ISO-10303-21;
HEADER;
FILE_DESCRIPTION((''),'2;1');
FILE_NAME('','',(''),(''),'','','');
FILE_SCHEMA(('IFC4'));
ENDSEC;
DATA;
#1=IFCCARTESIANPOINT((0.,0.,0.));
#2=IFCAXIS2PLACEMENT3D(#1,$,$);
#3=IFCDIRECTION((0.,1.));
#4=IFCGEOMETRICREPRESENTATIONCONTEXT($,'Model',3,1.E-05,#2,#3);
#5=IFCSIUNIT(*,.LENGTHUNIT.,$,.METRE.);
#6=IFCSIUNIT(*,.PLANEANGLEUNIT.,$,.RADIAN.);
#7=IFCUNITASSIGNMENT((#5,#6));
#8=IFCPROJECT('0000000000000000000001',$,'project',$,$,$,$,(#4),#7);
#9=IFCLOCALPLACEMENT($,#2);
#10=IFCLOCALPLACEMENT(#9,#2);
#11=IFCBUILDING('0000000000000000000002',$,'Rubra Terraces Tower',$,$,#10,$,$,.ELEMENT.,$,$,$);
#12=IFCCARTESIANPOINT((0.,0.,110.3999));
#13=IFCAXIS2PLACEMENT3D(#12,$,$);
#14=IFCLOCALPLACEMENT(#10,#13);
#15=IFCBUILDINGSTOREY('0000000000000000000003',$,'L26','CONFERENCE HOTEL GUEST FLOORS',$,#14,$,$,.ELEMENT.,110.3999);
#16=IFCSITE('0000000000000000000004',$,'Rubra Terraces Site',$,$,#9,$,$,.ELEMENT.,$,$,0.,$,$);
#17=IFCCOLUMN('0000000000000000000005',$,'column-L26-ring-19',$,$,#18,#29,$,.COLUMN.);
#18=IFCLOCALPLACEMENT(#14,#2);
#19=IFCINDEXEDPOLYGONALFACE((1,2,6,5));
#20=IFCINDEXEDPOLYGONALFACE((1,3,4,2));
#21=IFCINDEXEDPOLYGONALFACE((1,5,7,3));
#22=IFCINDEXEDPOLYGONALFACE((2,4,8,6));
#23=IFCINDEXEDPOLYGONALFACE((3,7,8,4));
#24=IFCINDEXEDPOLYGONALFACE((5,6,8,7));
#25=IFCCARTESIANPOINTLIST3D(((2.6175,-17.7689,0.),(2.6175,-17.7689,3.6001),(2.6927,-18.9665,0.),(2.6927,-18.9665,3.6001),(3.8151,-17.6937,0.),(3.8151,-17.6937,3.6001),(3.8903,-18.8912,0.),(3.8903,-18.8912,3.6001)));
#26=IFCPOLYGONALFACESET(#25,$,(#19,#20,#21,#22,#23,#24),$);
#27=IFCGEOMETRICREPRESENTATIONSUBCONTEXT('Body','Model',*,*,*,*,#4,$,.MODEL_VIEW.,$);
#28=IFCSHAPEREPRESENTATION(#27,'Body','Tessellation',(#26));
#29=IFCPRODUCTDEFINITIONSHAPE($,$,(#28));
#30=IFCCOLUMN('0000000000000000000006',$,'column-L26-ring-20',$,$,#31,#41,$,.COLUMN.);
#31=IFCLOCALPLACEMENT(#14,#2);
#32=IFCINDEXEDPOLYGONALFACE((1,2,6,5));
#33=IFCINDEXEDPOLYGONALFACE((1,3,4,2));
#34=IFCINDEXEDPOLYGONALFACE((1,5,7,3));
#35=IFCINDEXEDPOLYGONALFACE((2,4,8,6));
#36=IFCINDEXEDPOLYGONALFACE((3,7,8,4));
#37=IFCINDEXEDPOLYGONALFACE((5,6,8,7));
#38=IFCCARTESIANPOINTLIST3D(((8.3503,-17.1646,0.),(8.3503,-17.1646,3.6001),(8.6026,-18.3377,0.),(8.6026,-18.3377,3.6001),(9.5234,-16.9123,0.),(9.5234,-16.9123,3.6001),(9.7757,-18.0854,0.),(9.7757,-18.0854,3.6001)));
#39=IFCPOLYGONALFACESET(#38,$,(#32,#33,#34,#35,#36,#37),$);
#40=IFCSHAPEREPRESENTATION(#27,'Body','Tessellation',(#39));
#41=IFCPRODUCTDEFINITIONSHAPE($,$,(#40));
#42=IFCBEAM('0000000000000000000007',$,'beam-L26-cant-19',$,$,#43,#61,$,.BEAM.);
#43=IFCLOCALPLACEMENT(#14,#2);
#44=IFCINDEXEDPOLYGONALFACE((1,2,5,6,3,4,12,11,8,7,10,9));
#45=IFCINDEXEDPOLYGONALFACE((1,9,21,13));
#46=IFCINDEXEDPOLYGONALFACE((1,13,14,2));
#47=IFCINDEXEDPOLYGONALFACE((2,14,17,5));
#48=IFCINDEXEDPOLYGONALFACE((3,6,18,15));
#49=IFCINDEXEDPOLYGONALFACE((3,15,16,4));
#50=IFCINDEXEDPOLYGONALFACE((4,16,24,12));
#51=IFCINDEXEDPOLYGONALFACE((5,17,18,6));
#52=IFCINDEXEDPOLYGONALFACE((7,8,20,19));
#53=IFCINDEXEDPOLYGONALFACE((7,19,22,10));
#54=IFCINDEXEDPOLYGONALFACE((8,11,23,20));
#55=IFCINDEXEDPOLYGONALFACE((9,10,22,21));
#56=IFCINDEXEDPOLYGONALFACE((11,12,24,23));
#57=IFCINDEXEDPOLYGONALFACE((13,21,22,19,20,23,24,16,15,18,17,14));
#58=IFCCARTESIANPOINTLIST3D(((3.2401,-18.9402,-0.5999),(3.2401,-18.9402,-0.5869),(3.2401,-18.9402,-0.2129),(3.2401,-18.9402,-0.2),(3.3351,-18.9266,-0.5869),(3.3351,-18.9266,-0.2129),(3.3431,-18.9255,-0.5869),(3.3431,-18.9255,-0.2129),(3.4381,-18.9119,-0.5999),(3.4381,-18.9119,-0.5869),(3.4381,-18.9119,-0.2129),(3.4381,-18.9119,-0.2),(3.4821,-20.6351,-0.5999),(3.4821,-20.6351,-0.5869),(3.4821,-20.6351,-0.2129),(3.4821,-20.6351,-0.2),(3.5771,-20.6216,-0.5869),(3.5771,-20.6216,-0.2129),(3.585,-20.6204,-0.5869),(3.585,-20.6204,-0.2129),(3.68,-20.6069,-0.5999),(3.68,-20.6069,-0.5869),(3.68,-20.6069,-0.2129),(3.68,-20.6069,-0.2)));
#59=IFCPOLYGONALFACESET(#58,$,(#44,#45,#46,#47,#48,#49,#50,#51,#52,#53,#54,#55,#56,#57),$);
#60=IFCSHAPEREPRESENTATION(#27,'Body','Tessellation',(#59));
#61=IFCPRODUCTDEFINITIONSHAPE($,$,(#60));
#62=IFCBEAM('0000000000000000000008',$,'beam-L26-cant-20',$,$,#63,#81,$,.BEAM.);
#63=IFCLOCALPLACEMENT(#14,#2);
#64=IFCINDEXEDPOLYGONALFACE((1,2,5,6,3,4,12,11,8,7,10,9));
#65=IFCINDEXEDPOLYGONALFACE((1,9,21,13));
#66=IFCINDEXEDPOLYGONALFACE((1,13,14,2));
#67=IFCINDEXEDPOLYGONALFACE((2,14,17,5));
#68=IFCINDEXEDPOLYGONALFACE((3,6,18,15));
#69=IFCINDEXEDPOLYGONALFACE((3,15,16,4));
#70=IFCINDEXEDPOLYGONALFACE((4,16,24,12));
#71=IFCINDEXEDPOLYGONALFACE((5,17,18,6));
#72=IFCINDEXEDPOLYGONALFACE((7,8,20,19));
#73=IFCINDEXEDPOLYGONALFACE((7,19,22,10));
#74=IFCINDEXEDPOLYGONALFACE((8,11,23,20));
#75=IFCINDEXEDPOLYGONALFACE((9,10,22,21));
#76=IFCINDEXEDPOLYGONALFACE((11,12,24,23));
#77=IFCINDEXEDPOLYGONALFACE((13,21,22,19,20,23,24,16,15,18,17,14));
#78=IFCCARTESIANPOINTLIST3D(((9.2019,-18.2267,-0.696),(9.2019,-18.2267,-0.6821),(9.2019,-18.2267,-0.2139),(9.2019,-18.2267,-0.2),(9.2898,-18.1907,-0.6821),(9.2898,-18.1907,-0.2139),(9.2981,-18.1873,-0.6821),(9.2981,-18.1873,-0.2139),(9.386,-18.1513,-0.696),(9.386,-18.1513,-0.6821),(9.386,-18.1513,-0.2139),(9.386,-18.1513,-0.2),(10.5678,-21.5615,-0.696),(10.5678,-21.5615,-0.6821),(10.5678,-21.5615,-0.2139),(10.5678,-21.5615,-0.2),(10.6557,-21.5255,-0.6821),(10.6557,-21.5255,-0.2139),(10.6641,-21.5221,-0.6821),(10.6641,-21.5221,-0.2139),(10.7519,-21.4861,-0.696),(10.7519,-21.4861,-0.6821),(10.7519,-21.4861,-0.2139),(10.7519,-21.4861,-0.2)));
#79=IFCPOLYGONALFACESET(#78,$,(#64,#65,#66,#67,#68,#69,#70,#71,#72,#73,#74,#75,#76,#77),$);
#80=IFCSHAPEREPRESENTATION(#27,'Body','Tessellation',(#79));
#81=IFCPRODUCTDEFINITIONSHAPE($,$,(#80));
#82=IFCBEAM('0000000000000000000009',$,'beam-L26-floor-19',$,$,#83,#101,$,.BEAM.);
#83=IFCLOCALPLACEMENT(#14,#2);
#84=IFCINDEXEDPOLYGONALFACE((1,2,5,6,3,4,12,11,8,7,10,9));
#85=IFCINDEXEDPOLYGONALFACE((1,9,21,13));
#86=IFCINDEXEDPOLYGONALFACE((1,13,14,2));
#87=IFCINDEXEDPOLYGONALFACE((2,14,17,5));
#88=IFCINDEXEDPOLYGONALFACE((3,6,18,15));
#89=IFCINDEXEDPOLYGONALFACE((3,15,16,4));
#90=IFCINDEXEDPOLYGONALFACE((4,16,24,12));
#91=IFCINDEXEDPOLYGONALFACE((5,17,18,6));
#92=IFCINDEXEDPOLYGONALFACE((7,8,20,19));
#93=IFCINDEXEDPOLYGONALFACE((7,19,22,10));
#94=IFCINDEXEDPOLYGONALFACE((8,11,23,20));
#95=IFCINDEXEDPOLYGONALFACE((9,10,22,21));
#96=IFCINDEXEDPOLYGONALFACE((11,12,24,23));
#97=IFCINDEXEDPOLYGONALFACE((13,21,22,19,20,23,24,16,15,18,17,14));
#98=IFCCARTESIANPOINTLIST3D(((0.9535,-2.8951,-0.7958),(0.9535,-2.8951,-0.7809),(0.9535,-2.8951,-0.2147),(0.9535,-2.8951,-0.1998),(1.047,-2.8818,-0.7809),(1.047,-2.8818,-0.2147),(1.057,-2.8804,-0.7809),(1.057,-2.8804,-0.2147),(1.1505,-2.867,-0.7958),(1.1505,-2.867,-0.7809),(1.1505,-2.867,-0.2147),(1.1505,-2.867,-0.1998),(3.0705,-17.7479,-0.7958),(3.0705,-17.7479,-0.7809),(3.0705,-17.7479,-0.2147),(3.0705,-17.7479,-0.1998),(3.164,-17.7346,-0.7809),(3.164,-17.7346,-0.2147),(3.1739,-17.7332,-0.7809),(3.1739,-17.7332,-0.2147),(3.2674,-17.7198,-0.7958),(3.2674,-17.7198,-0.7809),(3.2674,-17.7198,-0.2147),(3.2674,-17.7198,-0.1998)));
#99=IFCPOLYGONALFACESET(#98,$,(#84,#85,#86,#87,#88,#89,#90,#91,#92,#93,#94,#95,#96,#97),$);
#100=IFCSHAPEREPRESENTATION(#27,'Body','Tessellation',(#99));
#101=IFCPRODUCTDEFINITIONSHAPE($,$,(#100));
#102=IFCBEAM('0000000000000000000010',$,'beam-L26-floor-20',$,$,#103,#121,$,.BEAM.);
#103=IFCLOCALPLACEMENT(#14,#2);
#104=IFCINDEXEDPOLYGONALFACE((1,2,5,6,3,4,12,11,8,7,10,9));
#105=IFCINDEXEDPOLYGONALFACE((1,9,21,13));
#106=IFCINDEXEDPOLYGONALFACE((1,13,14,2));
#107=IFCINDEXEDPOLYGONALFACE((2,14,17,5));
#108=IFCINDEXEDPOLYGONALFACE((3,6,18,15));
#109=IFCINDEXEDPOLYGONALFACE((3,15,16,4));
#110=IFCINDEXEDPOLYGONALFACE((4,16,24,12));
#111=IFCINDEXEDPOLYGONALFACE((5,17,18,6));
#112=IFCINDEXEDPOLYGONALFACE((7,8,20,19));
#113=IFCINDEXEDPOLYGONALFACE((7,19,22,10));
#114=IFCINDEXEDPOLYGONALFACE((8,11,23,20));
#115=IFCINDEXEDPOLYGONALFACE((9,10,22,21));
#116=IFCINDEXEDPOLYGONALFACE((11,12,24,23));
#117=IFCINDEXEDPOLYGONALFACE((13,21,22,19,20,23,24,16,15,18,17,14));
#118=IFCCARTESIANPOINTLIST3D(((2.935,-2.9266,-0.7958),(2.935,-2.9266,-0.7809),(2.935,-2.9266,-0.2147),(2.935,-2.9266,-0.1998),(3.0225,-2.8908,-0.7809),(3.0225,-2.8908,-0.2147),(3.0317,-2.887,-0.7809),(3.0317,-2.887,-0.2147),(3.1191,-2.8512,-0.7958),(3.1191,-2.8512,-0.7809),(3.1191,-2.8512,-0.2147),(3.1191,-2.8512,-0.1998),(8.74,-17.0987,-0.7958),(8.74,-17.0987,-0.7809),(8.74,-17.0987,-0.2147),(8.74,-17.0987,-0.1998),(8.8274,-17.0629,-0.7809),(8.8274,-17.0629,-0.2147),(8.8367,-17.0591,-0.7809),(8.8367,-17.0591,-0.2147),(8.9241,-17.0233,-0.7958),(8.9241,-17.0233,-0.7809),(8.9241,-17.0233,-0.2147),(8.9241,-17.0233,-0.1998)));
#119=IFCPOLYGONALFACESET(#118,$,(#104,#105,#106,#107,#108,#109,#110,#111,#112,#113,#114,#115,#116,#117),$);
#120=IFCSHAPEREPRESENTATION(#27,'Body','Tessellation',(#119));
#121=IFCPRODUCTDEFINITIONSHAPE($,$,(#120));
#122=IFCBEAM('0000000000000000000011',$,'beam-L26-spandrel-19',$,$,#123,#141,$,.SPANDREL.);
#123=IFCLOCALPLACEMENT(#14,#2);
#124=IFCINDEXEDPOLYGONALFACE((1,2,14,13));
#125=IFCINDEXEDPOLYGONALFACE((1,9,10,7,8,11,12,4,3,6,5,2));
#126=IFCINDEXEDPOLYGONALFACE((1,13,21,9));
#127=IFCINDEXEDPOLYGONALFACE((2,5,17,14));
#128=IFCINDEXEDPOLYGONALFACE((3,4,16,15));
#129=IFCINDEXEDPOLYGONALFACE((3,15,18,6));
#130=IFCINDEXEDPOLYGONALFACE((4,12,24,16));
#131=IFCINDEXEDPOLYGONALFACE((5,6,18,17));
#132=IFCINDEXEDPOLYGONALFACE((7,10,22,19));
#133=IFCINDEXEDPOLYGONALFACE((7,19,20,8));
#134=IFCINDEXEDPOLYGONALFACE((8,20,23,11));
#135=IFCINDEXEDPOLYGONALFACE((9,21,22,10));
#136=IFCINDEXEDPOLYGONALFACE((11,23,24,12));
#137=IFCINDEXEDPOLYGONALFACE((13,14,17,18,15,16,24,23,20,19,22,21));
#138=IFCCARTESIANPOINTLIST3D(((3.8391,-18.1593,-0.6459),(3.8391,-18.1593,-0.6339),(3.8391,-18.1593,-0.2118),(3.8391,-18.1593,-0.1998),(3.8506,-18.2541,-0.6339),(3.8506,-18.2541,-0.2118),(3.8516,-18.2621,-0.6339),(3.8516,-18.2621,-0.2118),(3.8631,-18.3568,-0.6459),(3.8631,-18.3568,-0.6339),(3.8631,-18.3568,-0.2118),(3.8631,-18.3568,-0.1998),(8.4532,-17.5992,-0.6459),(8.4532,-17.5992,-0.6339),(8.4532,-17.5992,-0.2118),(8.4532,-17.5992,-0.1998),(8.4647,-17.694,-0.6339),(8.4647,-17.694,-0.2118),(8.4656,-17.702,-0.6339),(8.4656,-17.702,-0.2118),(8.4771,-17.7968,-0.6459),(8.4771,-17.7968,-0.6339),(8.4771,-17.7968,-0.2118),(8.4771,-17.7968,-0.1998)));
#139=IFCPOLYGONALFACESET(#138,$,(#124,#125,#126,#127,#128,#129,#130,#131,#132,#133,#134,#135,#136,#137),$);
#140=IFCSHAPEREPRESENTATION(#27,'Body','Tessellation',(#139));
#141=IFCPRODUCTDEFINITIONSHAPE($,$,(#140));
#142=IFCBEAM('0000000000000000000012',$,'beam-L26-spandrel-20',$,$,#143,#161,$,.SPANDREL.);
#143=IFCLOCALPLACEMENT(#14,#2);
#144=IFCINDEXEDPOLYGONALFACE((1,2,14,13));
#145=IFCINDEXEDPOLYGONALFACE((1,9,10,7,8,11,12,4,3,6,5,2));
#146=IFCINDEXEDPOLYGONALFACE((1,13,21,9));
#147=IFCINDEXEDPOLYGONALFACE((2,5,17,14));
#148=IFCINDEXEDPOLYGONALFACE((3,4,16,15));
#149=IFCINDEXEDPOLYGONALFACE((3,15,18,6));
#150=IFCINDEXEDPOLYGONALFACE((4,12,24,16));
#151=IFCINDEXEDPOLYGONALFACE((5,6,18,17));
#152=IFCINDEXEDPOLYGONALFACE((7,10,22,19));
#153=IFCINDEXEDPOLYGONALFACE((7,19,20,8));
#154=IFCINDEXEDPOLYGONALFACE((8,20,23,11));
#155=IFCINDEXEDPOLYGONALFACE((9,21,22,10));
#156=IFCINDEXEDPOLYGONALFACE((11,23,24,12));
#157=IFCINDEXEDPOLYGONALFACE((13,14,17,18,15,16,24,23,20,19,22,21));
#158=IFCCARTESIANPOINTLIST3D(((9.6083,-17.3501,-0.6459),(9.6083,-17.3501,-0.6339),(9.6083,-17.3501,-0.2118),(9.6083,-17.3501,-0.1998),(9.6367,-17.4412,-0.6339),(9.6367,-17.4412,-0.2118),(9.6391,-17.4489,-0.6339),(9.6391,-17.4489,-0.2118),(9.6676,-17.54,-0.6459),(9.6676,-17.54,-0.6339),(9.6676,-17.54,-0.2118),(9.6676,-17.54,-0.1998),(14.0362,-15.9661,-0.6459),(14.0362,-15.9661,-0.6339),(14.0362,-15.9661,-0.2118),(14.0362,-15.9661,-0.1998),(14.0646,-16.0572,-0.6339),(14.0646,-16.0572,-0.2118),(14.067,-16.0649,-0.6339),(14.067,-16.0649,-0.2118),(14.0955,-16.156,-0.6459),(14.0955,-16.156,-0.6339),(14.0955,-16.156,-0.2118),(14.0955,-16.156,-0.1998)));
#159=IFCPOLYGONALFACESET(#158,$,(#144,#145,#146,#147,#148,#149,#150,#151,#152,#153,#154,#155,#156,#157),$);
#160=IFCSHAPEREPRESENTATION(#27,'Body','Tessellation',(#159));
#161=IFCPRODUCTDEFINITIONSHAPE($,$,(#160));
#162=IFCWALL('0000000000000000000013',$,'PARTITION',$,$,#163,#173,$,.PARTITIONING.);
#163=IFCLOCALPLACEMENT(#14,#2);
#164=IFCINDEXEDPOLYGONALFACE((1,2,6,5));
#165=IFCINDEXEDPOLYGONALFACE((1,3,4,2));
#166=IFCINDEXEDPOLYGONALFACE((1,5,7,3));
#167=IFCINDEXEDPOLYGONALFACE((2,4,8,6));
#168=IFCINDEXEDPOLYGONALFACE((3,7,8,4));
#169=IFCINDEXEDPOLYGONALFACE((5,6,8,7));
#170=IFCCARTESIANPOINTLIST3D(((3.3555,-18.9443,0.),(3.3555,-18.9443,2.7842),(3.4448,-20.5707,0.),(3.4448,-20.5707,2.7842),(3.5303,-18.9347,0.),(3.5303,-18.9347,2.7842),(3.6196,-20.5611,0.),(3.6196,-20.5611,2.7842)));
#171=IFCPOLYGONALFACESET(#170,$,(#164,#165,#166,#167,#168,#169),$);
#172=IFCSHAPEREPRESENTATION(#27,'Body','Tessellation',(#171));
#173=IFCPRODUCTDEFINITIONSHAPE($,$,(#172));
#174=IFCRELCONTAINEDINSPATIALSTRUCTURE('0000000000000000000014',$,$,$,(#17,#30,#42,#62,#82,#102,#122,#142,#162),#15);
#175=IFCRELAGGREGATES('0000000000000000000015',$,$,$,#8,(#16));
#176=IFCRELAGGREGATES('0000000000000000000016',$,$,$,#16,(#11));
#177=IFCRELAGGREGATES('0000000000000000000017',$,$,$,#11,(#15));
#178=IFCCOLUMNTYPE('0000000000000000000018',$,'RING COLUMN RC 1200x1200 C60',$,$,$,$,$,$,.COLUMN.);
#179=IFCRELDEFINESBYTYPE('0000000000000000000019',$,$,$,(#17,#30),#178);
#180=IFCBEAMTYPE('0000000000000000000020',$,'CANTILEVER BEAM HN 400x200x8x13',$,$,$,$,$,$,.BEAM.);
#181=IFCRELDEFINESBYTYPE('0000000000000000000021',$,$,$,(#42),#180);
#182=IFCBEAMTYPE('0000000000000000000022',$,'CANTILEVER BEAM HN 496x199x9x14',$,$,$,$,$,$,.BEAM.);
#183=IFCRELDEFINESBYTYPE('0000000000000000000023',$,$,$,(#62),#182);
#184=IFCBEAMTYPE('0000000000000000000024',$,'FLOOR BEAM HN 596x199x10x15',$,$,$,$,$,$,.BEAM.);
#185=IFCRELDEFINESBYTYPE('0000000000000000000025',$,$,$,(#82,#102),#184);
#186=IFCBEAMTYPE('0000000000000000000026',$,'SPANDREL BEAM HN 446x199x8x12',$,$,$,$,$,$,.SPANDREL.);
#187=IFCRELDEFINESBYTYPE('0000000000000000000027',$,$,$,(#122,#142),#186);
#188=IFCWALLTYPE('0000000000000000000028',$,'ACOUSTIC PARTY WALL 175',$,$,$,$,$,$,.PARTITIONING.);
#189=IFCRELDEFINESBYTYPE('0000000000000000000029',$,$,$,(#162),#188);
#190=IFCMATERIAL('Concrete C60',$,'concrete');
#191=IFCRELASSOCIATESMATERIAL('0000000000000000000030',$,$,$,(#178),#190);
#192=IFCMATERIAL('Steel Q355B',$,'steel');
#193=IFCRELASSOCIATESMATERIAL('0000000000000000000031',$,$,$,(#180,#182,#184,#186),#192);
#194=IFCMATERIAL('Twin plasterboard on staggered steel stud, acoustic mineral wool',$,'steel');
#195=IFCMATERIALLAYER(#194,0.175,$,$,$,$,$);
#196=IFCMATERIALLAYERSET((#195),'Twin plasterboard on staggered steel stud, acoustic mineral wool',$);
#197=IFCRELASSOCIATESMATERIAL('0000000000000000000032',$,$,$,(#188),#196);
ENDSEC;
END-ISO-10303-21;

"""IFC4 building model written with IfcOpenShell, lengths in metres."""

from ifc_helpers import new_model, si_unit, direction, frame, frame_2d, origin, origin_2d, place, context, subcontext, project, spatial, rectangle, i_section, extrude, material, layer, layer_set, material_profile, profile_set, type_object, element, save


model = new_model("IFC4")

# Units and contexts
model_context = context("Model", 3, precision=1e-05, world=origin(), true_north=direction((0.0, 1.0)))
body_context = subcontext(model_context, "Body", "Model", "MODEL_VIEW")
ifc_project = project(units=[si_unit("LENGTHUNIT", "METRE"), si_unit("PLANEANGLEUNIT", "RADIAN")], contexts=[model_context])

# Site, building, storey
site_placement = place(None, origin())
site = spatial("IfcSite", under=ifc_project, at=site_placement, Name="Rubra Terraces Site", CompositionType="ELEMENT", RefElevation=0.0)
building_placement = place(site_placement, origin())
building = spatial("IfcBuilding", under=site, at=building_placement, Name="Rubra Terraces Tower", CompositionType="ELEMENT")
storey_placement = place(building_placement, frame((0.0, 0.0, 110.3999)))
storey = spatial("IfcBuildingStorey", under=building, at=storey_placement, Name="L26", Description="CONFERENCE HOTEL GUEST FLOORS", CompositionType="ELEMENT", Elevation=110.3999)

# Columns
ifc_material_1 = material(Name="Concrete C60", Category="concrete")
ifc_material_profile_1 = material_profile(ifc_material_1, rectangle(XDim=1.2, YDim=1.2, at=origin_2d()), Name="RC 1200x1200")
ifc_profile_set_1 = profile_set([ifc_material_profile_1], Name="Concrete C60")
column_type = type_object("IfcColumnType", Name="RING COLUMN RC 1200x1200 C60", PredefinedType="COLUMN", material=ifc_profile_set_1)
for number, where, z_axis, x_axis, name in (
    (1, (3.2539, -18.3301, 0.0), (0.0, 0.0, 1.0), (0.998032, 0.062714, 0.0), "column-L26-ring-19"),
    (2, (9.063, -17.625, 0.0), (0.0, 0.0, 1.0), (0.977653, 0.210227, 0.0), "column-L26-ring-20"),
):
    element("IfcColumn", number, at=place(storey_placement, frame(where, z_axis=z_axis, x_axis=x_axis)), inside=storey, type_object=column_type, Name=name, PredefinedType="COLUMN", context=body_context, shape_type="SweptSolid", body=[
        extrude(rectangle(XDim=1.2, YDim=1.2, at=origin_2d()), origin(), (0.0, 0.0, 1.0), 3.6001),
    ])

# Beams
ifc_material_2 = material(Name="Steel Q355B", Category="steel")
ifc_material_profile_2 = material_profile(ifc_material_2, i_section(OverallWidth=0.2, OverallDepth=0.3999, WebThickness=0.0081, FlangeThickness=0.0129, at=origin_2d()), Name="HN 400x200x8x13")
ifc_profile_set_2 = profile_set([ifc_material_profile_2], Name="Steel Q355B")
beam_type_1 = type_object("IfcBeamType", Name="CANTILEVER BEAM HN 400x200x8x13", PredefinedType="BEAM", material=ifc_profile_set_2)
beam_1_placement = place(storey_placement, frame((3.3391, -18.926, -0.3999), z_axis=(0.141302, -0.989967, 0.0), x_axis=(0.989967, 0.141302, 0.0)))
element("IfcBeam", 3, at=beam_1_placement, inside=storey, type_object=beam_type_1, Name="beam-L26-cant-19", PredefinedType="BEAM", context=body_context, shape_type="SweptSolid", body=[
    extrude(i_section(OverallWidth=0.2, OverallDepth=0.3999, WebThickness=0.0081, FlangeThickness=0.0129, at=origin_2d()), origin(), (0.0, 0.0, 1.0), 1.7122),
])
ifc_material_profile_3 = material_profile(ifc_material_2, i_section(OverallWidth=0.199, OverallDepth=0.4961, WebThickness=0.009, FlangeThickness=0.0139, at=origin_2d()), Name="HN 496x199x9x14")
ifc_profile_set_3 = profile_set([ifc_material_profile_3], Name="Steel Q355B")
beam_type_2 = type_object("IfcBeamType", Name="CANTILEVER BEAM HN 496x199x9x14", PredefinedType="BEAM", material=ifc_profile_set_3)
beam_2_placement = place(storey_placement, frame((9.2939, -18.189, -0.448), z_axis=(0.379028, -0.925385, 0.0), x_axis=(0.925385, 0.379028, 0.0)))
element("IfcBeam", 4, at=beam_2_placement, inside=storey, type_object=beam_type_2, Name="beam-L26-cant-20", PredefinedType="BEAM", context=body_context, shape_type="SweptSolid", body=[
    extrude(i_section(OverallWidth=0.199, OverallDepth=0.4961, WebThickness=0.009, FlangeThickness=0.0139, at=origin_2d()), origin(), (0.0, 0.0, 1.0), 3.6038),
])
ifc_material_profile_4 = material_profile(ifc_material_2, i_section(OverallWidth=0.199, OverallDepth=0.5959, WebThickness=0.01, FlangeThickness=0.0149, at=origin_2d()), Name="HN 596x199x10x15")
ifc_profile_set_4 = profile_set([ifc_material_profile_4], Name="Steel Q355B")
beam_type_3 = type_object("IfcBeamType", Name="FLOOR BEAM HN 596x199x10x15", PredefinedType="BEAM", material=ifc_profile_set_4)
beam_3_placement = place(storey_placement, frame((3.1689, -17.7339, -0.4978), z_axis=(-0.141102, 0.989995, 0.0), x_axis=(-0.989995, -0.141102, 0.0)))
element("IfcBeam", 5, at=beam_3_placement, inside=storey, type_object=beam_type_3, Name="beam-L26-floor-19", PredefinedType="BEAM", context=body_context, shape_type="SweptSolid", body=[
    extrude(i_section(OverallWidth=0.199, OverallDepth=0.5959, WebThickness=0.01, FlangeThickness=0.0149, at=origin_2d()), origin(), (0.0, 0.0, 1.0), 15.0029),
])
beam_4_placement = place(storey_placement, frame((8.832, -17.061, -0.4978), z_axis=(-0.379038, 0.925381, 0.0), x_axis=(-0.925381, -0.379038, 0.0)))
element("IfcBeam", 6, at=beam_4_placement, inside=storey, type_object=beam_type_3, Name="beam-L26-floor-20", PredefinedType="BEAM", context=body_context, shape_type="SweptSolid", body=[
    extrude(i_section(OverallWidth=0.199, OverallDepth=0.5959, WebThickness=0.01, FlangeThickness=0.0149, at=origin_2d()), origin(), (0.0, 0.0, 1.0), 15.3149),
])
ifc_material_profile_5 = material_profile(ifc_material_2, i_section(OverallWidth=0.199, OverallDepth=0.446, WebThickness=0.0081, FlangeThickness=0.012, at=origin_2d()), Name="HN 446x199x8x12")
ifc_profile_set_5 = profile_set([ifc_material_profile_5], Name="Steel Q355B")
beam_type_4 = type_object("IfcBeamType", Name="SPANDREL BEAM HN 446x199x8x12", PredefinedType="SPANDREL", material=ifc_profile_set_5)
beam_5_placement = place(storey_placement, frame((3.8511, -18.2581, -0.4229), z_axis=(0.992714, 0.120498, 0.0), x_axis=(-0.120498, 0.992714, 0.0)))
element("IfcBeam", 7, at=beam_5_placement, inside=storey, type_object=beam_type_4, Name="beam-L26-spandrel-19", PredefinedType="SPANDREL", context=body_context, shape_type="SweptSolid", body=[
    extrude(i_section(OverallWidth=0.199, OverallDepth=0.446, WebThickness=0.0081, FlangeThickness=0.012, at=origin_2d()), origin(), (0.0, 0.0, 1.0), 4.6479),
])
beam_6_placement = place(storey_placement, frame((9.6379, -17.4451, -0.4229), z_axis=(0.954462, 0.298332, 0.0), x_axis=(-0.298332, 0.954462, 0.0)))
element("IfcBeam", 8, at=beam_6_placement, inside=storey, type_object=beam_type_4, Name="beam-L26-spandrel-20", PredefinedType="SPANDREL", context=body_context, shape_type="SweptSolid", body=[
    extrude(i_section(OverallWidth=0.199, OverallDepth=0.446, WebThickness=0.0081, FlangeThickness=0.012, at=origin_2d()), origin(), (0.0, 0.0, 1.0), 4.6392),
])

# Wall
ifc_material_3 = material(Name="Twin plasterboard on staggered steel stud, acoustic mineral wool", Category="steel")
ifc_layer_1 = layer(ifc_material_3, 0.175)
ifc_layer_set_1 = layer_set([ifc_layer_1], Name="Twin plasterboard on staggered steel stud, acoustic mineral wool")
wall_type_1 = type_object("IfcWallType", Name="ACOUSTIC PARTY WALL 175", PredefinedType="PARTITIONING", material=ifc_layer_set_1)
wall_1_placement = place(storey_placement, frame((3.5322, -20.5659, 0.0), z_axis=(0.0, 0.0, 1.0), x_axis=(-0.054856, 0.998494, 0.0)))
element("IfcWall", 9, at=wall_1_placement, inside=storey, type_object=wall_type_1, Name="PARTITION", PredefinedType="PARTITIONING", context=body_context, shape_type="SweptSolid", body=[
    extrude(rectangle(XDim=1.6289, YDim=0.175, at=frame_2d((0.8145, 0.0))), origin(), (0.0, 0.0, 1.0), 2.7842),
])

save(model, "model.ifc")
